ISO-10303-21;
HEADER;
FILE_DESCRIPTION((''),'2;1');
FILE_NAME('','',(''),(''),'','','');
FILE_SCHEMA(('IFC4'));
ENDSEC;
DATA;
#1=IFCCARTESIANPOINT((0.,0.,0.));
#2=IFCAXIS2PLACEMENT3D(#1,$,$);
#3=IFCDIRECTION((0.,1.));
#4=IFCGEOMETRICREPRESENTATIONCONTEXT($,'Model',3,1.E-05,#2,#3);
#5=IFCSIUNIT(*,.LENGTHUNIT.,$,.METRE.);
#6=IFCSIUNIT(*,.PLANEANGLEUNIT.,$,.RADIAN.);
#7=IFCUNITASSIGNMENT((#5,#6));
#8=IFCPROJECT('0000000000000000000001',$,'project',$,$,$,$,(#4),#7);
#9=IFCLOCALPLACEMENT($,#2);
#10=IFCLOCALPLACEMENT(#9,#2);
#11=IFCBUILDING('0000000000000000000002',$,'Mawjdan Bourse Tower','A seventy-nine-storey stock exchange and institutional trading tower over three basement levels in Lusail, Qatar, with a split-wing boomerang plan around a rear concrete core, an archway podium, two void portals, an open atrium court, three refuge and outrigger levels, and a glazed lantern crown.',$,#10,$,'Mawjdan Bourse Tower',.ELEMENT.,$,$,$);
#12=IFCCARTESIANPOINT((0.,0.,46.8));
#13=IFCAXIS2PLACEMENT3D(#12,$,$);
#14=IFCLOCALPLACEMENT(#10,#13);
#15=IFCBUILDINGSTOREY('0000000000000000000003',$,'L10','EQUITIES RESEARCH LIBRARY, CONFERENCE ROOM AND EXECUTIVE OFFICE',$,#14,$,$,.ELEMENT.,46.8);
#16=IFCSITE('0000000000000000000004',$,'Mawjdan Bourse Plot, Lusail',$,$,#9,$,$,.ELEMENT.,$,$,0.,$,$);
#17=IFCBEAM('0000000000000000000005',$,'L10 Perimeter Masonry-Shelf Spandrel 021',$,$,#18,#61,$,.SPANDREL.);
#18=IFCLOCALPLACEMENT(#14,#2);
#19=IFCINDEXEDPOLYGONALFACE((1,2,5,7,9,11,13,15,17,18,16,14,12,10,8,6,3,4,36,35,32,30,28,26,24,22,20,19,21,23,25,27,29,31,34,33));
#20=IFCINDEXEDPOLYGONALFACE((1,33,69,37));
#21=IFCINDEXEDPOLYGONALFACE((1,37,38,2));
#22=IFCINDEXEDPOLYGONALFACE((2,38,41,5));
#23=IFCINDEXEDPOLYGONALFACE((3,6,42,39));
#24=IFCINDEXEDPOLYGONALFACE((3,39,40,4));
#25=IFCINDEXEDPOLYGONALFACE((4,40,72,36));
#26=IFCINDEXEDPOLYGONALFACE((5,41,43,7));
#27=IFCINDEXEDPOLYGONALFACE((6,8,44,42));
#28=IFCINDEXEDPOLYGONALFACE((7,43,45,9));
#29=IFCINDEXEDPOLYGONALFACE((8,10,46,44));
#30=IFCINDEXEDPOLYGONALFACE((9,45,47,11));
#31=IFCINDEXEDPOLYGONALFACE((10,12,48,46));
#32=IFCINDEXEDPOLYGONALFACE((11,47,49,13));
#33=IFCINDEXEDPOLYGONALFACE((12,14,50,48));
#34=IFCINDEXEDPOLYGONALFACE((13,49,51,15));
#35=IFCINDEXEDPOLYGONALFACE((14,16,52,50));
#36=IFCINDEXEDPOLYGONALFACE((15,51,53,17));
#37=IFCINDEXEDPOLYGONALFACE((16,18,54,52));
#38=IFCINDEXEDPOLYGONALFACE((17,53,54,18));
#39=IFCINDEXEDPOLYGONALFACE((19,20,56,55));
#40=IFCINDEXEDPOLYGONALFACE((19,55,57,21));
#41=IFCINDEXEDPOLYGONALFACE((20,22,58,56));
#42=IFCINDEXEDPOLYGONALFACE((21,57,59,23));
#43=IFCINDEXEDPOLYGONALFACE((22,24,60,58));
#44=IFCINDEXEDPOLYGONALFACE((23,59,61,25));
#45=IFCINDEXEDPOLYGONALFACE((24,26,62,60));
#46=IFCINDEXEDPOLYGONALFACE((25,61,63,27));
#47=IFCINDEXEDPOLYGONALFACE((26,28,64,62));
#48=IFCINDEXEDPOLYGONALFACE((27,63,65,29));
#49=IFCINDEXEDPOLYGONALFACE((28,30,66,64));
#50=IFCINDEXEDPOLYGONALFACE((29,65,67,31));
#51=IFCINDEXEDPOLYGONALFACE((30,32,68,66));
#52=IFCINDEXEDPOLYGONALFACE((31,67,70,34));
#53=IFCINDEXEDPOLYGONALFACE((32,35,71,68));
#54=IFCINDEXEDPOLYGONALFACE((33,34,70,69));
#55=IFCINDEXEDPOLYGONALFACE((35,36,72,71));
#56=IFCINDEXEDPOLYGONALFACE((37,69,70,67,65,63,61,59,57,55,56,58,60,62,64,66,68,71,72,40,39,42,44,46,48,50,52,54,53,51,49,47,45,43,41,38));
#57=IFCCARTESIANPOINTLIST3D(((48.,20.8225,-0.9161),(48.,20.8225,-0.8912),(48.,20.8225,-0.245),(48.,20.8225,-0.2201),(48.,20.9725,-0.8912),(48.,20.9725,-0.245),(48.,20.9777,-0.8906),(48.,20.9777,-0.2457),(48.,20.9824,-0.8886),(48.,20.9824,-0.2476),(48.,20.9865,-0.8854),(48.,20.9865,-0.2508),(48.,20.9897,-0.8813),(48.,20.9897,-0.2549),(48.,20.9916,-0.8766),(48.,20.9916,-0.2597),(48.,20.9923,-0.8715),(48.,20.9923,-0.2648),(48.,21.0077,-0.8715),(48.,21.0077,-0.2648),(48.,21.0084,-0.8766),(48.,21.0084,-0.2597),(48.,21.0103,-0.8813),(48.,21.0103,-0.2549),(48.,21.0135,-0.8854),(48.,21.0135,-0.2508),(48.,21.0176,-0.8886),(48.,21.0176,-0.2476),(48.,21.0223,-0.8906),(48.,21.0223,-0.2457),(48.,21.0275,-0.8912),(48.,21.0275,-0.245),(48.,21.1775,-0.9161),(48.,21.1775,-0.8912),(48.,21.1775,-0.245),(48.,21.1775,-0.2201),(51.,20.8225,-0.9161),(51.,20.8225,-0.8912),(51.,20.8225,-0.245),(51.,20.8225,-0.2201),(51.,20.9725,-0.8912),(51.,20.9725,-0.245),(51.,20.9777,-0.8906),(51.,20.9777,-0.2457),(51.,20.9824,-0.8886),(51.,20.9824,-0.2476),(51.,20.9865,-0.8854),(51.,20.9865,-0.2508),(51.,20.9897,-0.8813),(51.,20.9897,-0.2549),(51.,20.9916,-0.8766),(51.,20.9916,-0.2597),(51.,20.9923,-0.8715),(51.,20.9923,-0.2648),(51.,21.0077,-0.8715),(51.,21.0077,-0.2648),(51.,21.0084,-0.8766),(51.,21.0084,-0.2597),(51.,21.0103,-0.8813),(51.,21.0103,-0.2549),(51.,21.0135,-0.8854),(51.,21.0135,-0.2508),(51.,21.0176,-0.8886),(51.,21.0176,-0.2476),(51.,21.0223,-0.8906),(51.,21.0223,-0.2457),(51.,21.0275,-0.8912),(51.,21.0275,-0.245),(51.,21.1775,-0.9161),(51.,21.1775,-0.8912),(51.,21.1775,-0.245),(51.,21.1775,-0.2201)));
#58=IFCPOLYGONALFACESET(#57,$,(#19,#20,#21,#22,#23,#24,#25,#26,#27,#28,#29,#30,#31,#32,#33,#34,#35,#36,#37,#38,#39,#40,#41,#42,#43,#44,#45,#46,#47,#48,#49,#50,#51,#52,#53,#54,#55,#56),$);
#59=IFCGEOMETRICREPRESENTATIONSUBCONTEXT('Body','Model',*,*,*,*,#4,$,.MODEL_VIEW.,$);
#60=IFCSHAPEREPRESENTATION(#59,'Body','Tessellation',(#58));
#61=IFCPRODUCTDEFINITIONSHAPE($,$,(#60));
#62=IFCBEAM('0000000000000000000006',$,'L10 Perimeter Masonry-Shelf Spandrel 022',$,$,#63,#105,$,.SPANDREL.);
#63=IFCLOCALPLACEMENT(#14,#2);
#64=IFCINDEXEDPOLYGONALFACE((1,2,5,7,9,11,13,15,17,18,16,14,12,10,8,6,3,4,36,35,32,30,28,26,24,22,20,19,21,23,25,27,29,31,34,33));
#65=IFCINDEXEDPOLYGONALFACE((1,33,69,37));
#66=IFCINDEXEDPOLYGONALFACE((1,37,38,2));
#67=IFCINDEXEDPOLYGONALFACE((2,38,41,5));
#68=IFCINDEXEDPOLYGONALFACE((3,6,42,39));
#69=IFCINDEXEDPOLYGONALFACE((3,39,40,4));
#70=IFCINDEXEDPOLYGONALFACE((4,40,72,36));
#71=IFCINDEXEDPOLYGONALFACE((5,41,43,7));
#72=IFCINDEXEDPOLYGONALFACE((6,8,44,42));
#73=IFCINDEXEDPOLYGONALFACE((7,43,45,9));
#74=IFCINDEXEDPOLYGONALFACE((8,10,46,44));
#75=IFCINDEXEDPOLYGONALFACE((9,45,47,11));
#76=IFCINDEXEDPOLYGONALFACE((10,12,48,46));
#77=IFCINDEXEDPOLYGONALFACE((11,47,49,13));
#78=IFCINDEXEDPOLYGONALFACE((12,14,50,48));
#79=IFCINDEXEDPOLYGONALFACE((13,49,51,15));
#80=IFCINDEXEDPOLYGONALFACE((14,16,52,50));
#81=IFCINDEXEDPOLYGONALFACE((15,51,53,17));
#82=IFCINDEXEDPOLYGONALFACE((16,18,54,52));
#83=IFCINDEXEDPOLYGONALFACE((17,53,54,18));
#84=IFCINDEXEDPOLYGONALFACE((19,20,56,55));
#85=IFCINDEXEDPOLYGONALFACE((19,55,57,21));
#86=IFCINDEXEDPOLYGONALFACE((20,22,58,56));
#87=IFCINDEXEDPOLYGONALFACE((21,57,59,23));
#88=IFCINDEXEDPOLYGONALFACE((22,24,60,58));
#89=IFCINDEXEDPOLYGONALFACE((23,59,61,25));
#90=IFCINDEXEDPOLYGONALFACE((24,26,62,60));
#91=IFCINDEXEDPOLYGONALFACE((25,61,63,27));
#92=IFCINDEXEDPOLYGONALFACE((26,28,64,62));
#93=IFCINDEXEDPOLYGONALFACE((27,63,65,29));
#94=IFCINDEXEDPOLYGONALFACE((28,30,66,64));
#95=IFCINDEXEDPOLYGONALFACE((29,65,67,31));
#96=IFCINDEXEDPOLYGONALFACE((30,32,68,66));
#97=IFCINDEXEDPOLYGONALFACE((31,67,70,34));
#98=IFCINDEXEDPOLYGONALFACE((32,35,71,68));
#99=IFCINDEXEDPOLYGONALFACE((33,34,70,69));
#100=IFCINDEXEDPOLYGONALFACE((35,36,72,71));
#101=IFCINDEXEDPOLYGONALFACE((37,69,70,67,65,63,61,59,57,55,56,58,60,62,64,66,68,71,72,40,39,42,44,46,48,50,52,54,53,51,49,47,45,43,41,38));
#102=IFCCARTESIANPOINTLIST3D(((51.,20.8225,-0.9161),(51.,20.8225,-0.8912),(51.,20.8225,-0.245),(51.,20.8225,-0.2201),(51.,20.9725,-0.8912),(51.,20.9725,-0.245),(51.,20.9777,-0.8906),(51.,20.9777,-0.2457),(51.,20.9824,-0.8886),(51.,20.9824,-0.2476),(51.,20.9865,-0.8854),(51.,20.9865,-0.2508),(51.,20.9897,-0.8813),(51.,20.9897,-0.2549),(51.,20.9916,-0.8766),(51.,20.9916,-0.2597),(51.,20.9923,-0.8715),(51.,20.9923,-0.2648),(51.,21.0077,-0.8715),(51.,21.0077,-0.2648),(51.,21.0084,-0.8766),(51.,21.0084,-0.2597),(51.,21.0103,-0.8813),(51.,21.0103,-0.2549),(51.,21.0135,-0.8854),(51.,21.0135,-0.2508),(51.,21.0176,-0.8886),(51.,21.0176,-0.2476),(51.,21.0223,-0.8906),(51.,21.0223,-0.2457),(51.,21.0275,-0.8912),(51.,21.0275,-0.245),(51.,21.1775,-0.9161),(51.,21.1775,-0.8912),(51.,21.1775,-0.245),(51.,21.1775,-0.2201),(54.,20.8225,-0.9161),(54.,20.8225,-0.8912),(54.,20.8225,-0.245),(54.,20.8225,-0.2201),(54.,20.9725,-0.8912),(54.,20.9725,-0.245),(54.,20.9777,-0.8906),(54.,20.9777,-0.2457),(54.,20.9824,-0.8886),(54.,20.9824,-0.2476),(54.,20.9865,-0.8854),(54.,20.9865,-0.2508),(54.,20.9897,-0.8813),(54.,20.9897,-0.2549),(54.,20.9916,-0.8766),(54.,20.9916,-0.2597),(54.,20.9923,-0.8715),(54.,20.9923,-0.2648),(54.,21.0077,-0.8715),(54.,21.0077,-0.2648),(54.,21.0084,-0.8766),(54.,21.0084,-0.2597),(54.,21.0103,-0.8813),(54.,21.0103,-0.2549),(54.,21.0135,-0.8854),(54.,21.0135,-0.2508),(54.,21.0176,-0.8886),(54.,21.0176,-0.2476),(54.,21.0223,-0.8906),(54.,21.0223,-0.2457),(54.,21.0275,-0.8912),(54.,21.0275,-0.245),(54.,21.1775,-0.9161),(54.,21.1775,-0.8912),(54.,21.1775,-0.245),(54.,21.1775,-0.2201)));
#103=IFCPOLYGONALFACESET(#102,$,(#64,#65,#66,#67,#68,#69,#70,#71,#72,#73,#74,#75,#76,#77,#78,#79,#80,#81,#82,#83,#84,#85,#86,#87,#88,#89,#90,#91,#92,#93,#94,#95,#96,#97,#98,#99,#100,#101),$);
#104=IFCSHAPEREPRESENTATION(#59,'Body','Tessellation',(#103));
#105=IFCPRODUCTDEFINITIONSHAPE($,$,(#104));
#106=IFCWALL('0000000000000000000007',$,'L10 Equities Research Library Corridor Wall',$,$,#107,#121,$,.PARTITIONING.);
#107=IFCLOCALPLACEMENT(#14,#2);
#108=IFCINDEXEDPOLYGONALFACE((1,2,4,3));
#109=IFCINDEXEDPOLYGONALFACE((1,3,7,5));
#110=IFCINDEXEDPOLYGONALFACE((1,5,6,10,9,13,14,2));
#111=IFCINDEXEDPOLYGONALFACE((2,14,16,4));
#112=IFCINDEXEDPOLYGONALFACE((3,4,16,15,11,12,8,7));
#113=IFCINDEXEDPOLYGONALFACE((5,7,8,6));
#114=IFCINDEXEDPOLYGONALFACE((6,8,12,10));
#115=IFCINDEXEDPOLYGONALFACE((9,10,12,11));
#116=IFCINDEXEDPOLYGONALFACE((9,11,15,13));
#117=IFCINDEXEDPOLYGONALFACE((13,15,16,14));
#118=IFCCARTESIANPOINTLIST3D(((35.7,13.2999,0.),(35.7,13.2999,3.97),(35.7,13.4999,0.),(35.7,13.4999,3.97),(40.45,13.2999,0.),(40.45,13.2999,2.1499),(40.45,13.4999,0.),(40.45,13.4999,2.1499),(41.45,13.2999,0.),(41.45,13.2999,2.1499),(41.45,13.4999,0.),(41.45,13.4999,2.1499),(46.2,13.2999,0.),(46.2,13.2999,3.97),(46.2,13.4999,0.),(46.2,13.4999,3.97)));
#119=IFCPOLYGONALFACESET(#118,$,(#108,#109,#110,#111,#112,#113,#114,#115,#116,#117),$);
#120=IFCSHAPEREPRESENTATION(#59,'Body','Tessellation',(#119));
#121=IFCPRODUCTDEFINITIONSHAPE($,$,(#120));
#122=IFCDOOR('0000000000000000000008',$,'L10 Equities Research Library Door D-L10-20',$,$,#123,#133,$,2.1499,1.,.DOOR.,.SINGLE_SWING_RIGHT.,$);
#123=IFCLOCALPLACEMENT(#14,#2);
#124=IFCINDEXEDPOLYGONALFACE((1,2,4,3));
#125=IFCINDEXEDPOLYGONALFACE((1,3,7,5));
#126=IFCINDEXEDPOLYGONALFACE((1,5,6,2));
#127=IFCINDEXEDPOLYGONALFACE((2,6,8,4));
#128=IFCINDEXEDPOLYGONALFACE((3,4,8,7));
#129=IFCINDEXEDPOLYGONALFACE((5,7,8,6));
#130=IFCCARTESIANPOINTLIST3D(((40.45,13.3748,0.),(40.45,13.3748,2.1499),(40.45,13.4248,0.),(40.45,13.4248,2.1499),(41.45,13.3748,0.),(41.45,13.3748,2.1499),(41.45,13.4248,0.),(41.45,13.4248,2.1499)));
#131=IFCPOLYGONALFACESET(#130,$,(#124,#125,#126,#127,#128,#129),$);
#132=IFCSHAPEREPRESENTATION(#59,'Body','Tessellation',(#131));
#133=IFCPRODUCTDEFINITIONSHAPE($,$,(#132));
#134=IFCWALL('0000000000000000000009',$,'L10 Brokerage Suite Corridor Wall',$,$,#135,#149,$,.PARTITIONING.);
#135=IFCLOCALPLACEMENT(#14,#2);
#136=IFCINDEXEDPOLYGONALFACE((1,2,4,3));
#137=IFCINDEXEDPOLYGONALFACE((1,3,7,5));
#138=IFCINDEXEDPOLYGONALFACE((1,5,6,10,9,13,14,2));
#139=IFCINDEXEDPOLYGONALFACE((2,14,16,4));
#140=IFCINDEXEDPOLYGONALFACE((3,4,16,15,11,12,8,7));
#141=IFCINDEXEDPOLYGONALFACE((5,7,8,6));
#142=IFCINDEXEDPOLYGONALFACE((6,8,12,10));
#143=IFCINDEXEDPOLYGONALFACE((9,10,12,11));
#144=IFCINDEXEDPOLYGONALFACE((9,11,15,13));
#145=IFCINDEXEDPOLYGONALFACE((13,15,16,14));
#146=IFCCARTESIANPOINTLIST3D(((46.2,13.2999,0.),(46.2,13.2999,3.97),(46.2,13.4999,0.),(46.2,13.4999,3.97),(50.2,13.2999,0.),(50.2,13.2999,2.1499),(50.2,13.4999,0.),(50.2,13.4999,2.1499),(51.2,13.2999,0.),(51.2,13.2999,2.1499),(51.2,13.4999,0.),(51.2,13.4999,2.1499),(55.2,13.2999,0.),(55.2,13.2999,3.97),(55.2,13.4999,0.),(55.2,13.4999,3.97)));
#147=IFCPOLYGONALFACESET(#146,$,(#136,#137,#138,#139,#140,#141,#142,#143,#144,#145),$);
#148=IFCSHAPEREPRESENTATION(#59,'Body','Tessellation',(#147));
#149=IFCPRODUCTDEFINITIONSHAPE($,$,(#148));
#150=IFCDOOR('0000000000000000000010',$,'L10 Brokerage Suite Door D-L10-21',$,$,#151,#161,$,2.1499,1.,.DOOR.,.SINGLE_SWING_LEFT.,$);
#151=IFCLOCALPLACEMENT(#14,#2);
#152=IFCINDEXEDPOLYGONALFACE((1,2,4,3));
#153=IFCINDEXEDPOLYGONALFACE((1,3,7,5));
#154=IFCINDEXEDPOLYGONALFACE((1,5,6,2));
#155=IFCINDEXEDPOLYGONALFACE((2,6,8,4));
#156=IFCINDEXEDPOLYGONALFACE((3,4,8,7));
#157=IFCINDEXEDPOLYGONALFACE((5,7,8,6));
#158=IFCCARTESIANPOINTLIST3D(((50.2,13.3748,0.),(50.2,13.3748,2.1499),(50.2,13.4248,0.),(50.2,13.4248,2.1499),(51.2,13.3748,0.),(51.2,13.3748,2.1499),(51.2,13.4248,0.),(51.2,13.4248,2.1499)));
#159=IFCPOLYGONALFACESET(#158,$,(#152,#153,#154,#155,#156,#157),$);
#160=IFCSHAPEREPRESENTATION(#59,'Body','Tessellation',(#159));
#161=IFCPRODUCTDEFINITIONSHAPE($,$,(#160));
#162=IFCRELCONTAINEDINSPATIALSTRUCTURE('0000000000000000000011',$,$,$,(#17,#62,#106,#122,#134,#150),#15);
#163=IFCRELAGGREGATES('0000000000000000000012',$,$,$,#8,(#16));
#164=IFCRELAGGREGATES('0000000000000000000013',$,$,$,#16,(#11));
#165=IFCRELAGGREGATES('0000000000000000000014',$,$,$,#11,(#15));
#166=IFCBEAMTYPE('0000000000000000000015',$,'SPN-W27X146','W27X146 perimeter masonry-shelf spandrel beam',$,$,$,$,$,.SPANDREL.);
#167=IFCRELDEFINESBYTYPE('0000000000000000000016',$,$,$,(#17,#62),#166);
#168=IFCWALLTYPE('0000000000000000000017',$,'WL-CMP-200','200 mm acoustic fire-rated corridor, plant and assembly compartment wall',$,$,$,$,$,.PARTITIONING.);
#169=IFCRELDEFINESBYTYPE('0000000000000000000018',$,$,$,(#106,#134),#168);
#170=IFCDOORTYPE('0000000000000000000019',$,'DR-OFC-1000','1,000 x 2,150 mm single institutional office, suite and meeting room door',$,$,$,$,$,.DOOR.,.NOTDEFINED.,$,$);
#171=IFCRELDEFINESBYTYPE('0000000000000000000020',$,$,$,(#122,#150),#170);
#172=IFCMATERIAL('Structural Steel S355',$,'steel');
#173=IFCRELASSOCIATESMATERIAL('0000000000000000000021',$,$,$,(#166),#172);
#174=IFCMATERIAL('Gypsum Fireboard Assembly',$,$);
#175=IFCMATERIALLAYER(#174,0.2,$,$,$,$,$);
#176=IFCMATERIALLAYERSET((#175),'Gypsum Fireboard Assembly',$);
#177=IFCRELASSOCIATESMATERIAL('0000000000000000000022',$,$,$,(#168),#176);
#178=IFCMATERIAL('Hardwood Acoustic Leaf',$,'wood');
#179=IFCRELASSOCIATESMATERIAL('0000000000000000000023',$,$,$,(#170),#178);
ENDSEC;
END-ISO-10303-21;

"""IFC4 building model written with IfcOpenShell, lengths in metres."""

from ifc_helpers import new_model, si_unit, direction, frame, frame_2d, origin, origin_2d, place, context, subcontext, project, spatial, rectangle, i_section, extrude, material, layer, layer_set, material_profile, profile_set, type_object, element, fill, save


model = new_model("IFC4")

# Units and contexts
model_context = context("Model", 3, precision=1e-05, world=origin(), true_north=direction((0.0, 1.0)))
body_context = subcontext(model_context, "Body", "Model", "MODEL_VIEW")
ifc_project = project(units=[si_unit("LENGTHUNIT", "METRE"), si_unit("PLANEANGLEUNIT", "RADIAN")], contexts=[model_context])

# Site, building, storey
site_placement = place(None, origin())
site = spatial("IfcSite", under=ifc_project, at=site_placement, Name="Mawjdan Bourse Plot, Lusail", CompositionType="ELEMENT", RefElevation=0.0)
building_placement = place(site_placement, origin())
building = spatial("IfcBuilding", under=site, at=building_placement, Name="Mawjdan Bourse Tower", Description="A seventy-nine-storey stock exchange and institutional trading tower over three basement levels in Lusail, Qatar, with a split-wing boomerang plan around a rear concrete core, an archway podium, two void portals, an open atrium court, three refuge and outrigger levels, and a glazed lantern crown.", LongName="Mawjdan Bourse Tower", CompositionType="ELEMENT")
storey_placement = place(building_placement, frame((0.0, 0.0, 46.8)))
storey = spatial("IfcBuildingStorey", under=building, at=storey_placement, Name="L10", Description="EQUITIES RESEARCH LIBRARY, CONFERENCE ROOM AND EXECUTIVE OFFICE", CompositionType="ELEMENT", Elevation=46.8)

# Beams
ifc_material_1 = material(Name="Structural Steel S355", Category="steel")
ifc_material_profile_1 = material_profile(ifc_material_1, i_section(OverallWidth=0.355, OverallDepth=0.696, WebThickness=0.0154, FlangeThickness=0.0249, FilletRadius=0.0198, at=origin_2d()), Name="W27X146")
ifc_profile_set_1 = profile_set([ifc_material_profile_1], Name="Structural Steel S355")
beam_type_1 = type_object("IfcBeamType", Name="SPN-W27X146", Description="W27X146 perimeter masonry-shelf spandrel beam", PredefinedType="SPANDREL", material=ifc_profile_set_1)
for number, where, z_axis, x_axis, name in (
    (1, (48.0, 21.0, -0.5681), (1.0, 0.0, 0.0), (0.0, 1.0, 0.0), "L10 Perimeter Masonry-Shelf Spandrel 021"),
    (2, (51.0, 21.0, -0.5681), (1.0, 0.0, 0.0), (0.0, 1.0, 0.0), "L10 Perimeter Masonry-Shelf Spandrel 022"),
):
    element("IfcBeam", number, at=place(storey_placement, frame(where, z_axis=z_axis, x_axis=x_axis)), inside=storey, type_object=beam_type_1, Name=name, PredefinedType="SPANDREL", context=body_context, shape_type="SweptSolid", body=[
        extrude(i_section(OverallWidth=0.355, OverallDepth=0.696, WebThickness=0.0154, FlangeThickness=0.0249, FilletRadius=0.0198, at=origin_2d()), origin(), (0.0, 0.0, 1.0), 3.0),
    ])

# Walls, openings, doors
ifc_material_2 = material(Name="Gypsum Fireboard Assembly")
ifc_layer_1 = layer(ifc_material_2, 0.2)
ifc_layer_set_1 = layer_set([ifc_layer_1], Name="Gypsum Fireboard Assembly")
wall_type_1 = type_object("IfcWallType", Name="WL-CMP-200", Description="200 mm acoustic fire-rated corridor, plant and assembly compartment wall", PredefinedType="PARTITIONING", material=ifc_layer_set_1)
wall_1_placement = place(storey_placement, frame((35.7, 13.3999, 0.0), z_axis=(0.0, 0.0, 1.0), x_axis=(1.0, 0.0, 0.0)))
wall_1 = element("IfcWall", 3, at=wall_1_placement, inside=storey, type_object=wall_type_1, Name="L10 Equities Research Library Corridor Wall", PredefinedType="PARTITIONING", context=body_context, shape_type="SweptSolid", body=[
    extrude(rectangle(XDim=10.5, YDim=0.2, at=frame_2d((5.25, 0.0))), origin(), (0.0, 0.0, 1.0), 3.97),
])
opening_1_placement = place(wall_1_placement, frame((4.75, 0.0, 0.0)))
opening_1 = element("IfcOpeningElement", 4, at=opening_1_placement, cuts=wall_1, PredefinedType="OPENING", context=body_context, shape_type="SweptSolid", body=[
    extrude(rectangle(XDim=1.0, YDim=2.1499, at=frame_2d((0.5, 1.075))), frame((0.0, 0.1099, 0.0), z_axis=(0.0, -1.0, 0.0), x_axis=(1.0, 0.0, 0.0)), (0.0, 0.0, 1.0), 0.22),
])
ifc_material_3 = material(Name="Hardwood Acoustic Leaf", Category="wood")
door_type_1 = type_object("IfcDoorType", Name="DR-OFC-1000", Description="1,000 x 2,150 mm single institutional office, suite and meeting room door", OperationType="NOTDEFINED", PredefinedType="DOOR", material=ifc_material_3)
door_1_placement = place(opening_1_placement, origin())
door_1 = element("IfcDoor", 5, at=door_1_placement, inside=storey, type_object=door_type_1, Name="L10 Equities Research Library Door D-L10-20", OperationType="SINGLE_SWING_RIGHT", OverallHeight=2.1499, OverallWidth=1.0, PredefinedType="DOOR", context=body_context, shape_type="SweptSolid", body=[
    extrude(rectangle(XDim=1.0, YDim=2.1499, at=frame_2d((0.5, 1.075))), frame((0.0, 0.0249, 0.0), z_axis=(0.0, -1.0, 0.0), x_axis=(1.0, 0.0, 0.0)), (0.0, 0.0, 1.0), 0.05),
])
fill(opening_1, door_1)
wall_2_placement = place(storey_placement, frame((46.2, 13.3999, 0.0), z_axis=(0.0, 0.0, 1.0), x_axis=(1.0, 0.0, 0.0)))
wall_2 = element("IfcWall", 6, at=wall_2_placement, inside=storey, type_object=wall_type_1, Name="L10 Brokerage Suite Corridor Wall", PredefinedType="PARTITIONING", context=body_context, shape_type="SweptSolid", body=[
    extrude(rectangle(XDim=9.0, YDim=0.2, at=frame_2d((4.5, 0.0))), origin(), (0.0, 0.0, 1.0), 3.97),
])
opening_2_placement = place(wall_2_placement, frame((4.0, 0.0, 0.0)))
opening_2 = element("IfcOpeningElement", 7, at=opening_2_placement, cuts=wall_2, PredefinedType="OPENING", context=body_context, shape_type="SweptSolid", body=[
    extrude(rectangle(XDim=1.0, YDim=2.1499, at=frame_2d((0.5, 1.075))), frame((0.0, 0.1099, 0.0), z_axis=(0.0, -1.0, 0.0), x_axis=(1.0, 0.0, 0.0)), (0.0, 0.0, 1.0), 0.22),
])
door_2_placement = place(opening_2_placement, origin())
door_2 = element("IfcDoor", 8, at=door_2_placement, inside=storey, type_object=door_type_1, Name="L10 Brokerage Suite Door D-L10-21", OperationType="SINGLE_SWING_LEFT", OverallHeight=2.1499, OverallWidth=1.0, PredefinedType="DOOR", context=body_context, shape_type="SweptSolid", body=[
    extrude(rectangle(XDim=1.0, YDim=2.1499, at=frame_2d((0.5, 1.075))), frame((0.0, 0.0249, 0.0), z_axis=(0.0, -1.0, 0.0), x_axis=(1.0, 0.0, 0.0)), (0.0, 0.0, 1.0), 0.05),
])
fill(opening_2, door_2)

save(model, "model.ifc")
